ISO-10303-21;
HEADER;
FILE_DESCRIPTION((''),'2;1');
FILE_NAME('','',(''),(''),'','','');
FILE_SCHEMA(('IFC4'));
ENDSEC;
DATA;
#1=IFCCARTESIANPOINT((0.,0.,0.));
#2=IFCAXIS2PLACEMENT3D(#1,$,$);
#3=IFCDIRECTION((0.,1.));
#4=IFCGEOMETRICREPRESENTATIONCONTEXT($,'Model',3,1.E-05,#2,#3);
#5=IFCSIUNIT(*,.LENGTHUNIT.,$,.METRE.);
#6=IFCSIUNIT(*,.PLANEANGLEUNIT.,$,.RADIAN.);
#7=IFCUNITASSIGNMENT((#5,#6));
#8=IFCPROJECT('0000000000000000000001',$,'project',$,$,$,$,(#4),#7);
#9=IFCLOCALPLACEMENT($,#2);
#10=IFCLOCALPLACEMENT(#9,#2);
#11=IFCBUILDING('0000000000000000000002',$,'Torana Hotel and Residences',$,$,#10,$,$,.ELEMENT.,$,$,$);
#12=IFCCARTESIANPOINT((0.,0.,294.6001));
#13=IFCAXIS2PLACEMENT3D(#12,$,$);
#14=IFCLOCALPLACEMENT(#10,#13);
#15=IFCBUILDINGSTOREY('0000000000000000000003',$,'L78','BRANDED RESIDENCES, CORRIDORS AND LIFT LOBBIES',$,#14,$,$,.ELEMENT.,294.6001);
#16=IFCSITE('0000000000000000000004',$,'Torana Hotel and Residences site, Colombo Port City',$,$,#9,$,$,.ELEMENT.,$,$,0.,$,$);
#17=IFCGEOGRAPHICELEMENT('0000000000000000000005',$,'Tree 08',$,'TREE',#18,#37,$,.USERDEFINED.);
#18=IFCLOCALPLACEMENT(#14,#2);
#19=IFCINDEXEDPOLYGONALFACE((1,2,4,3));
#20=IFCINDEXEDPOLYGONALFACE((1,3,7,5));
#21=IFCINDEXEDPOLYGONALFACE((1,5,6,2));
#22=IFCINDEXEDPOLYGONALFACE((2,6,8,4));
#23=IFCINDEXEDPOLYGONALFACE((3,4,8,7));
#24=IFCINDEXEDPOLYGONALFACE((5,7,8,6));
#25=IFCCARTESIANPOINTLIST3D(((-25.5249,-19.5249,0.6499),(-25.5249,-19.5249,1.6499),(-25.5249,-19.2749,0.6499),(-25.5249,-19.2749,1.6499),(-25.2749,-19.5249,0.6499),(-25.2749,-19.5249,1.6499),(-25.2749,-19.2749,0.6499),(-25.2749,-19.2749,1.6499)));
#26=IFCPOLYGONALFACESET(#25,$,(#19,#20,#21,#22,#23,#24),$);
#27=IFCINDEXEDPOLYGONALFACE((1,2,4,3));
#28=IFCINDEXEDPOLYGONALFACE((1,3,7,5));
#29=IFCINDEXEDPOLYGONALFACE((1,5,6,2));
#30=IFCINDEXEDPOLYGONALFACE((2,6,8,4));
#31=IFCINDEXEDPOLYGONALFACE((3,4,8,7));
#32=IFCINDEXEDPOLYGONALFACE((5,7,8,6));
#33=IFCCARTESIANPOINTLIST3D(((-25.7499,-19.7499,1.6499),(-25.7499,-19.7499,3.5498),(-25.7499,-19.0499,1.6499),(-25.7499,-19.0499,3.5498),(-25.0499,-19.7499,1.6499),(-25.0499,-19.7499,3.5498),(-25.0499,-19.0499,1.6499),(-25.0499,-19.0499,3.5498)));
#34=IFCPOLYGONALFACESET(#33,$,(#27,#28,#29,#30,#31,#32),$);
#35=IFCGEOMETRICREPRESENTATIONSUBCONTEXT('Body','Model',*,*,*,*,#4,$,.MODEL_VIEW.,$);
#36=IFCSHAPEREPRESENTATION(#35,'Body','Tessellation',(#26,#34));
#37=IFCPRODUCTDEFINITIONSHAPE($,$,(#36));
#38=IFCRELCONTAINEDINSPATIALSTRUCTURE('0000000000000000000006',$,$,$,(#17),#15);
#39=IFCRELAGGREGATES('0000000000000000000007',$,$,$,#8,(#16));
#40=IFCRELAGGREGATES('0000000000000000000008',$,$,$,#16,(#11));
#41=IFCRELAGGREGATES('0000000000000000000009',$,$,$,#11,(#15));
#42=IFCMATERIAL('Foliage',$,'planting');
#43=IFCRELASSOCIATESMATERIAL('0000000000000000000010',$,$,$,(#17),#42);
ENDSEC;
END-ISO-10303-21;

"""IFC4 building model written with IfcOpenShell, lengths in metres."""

from ifc_helpers import new_model, si_unit, direction, frame, origin, origin_2d, place, context, subcontext, project, spatial, rectangle, extrude, material, element, save


model = new_model("IFC4")

# Units and contexts
model_context = context("Model", 3, precision=1e-05, world=origin(), true_north=direction((0.0, 1.0)))
body_context = subcontext(model_context, "Body", "Model", "MODEL_VIEW")
ifc_project = project(units=[si_unit("LENGTHUNIT", "METRE"), si_unit("PLANEANGLEUNIT", "RADIAN")], contexts=[model_context])

# Site, building, storey
site_placement = place(None, origin())
site = spatial("IfcSite", under=ifc_project, at=site_placement, Name="Torana Hotel and Residences site, Colombo Port City", CompositionType="ELEMENT", RefElevation=0.0)
building_placement = place(site_placement, origin())
building = spatial("IfcBuilding", under=site, at=building_placement, Name="Torana Hotel and Residences", CompositionType="ELEMENT")
storey_placement = place(building_placement, frame((0.0, 0.0, 294.6001)))
storey = spatial("IfcBuildingStorey", under=building, at=storey_placement, Name="L78", Description="BRANDED RESIDENCES, CORRIDORS AND LIFT LOBBIES", CompositionType="ELEMENT", Elevation=294.6001)

# Geographic element
ifc_material_1 = material(Name="Foliage", Category="planting")
geographic_element_placement = place(storey_placement, frame((-25.3999, -19.3999, 0.6499), z_axis=(0.0, 0.0, 1.0), x_axis=(1.0, 0.0, 0.0)))
element("IfcGeographicElement", 1, at=geographic_element_placement, inside=storey, material=ifc_material_1, Name="Tree 08", ObjectType="TREE", PredefinedType="USERDEFINED", context=body_context, shape_type="SweptSolid", body=[
    extrude(rectangle(XDim=0.25, YDim=0.25, at=origin_2d()), origin(), (0.0, 0.0, 1.0), 1.0),
    extrude(rectangle(XDim=0.7, YDim=0.7, at=origin_2d()), frame((0.0, 0.0, 1.0)), (0.0, 0.0, 1.0), 1.8999),
])

save(model, "model.ifc")
